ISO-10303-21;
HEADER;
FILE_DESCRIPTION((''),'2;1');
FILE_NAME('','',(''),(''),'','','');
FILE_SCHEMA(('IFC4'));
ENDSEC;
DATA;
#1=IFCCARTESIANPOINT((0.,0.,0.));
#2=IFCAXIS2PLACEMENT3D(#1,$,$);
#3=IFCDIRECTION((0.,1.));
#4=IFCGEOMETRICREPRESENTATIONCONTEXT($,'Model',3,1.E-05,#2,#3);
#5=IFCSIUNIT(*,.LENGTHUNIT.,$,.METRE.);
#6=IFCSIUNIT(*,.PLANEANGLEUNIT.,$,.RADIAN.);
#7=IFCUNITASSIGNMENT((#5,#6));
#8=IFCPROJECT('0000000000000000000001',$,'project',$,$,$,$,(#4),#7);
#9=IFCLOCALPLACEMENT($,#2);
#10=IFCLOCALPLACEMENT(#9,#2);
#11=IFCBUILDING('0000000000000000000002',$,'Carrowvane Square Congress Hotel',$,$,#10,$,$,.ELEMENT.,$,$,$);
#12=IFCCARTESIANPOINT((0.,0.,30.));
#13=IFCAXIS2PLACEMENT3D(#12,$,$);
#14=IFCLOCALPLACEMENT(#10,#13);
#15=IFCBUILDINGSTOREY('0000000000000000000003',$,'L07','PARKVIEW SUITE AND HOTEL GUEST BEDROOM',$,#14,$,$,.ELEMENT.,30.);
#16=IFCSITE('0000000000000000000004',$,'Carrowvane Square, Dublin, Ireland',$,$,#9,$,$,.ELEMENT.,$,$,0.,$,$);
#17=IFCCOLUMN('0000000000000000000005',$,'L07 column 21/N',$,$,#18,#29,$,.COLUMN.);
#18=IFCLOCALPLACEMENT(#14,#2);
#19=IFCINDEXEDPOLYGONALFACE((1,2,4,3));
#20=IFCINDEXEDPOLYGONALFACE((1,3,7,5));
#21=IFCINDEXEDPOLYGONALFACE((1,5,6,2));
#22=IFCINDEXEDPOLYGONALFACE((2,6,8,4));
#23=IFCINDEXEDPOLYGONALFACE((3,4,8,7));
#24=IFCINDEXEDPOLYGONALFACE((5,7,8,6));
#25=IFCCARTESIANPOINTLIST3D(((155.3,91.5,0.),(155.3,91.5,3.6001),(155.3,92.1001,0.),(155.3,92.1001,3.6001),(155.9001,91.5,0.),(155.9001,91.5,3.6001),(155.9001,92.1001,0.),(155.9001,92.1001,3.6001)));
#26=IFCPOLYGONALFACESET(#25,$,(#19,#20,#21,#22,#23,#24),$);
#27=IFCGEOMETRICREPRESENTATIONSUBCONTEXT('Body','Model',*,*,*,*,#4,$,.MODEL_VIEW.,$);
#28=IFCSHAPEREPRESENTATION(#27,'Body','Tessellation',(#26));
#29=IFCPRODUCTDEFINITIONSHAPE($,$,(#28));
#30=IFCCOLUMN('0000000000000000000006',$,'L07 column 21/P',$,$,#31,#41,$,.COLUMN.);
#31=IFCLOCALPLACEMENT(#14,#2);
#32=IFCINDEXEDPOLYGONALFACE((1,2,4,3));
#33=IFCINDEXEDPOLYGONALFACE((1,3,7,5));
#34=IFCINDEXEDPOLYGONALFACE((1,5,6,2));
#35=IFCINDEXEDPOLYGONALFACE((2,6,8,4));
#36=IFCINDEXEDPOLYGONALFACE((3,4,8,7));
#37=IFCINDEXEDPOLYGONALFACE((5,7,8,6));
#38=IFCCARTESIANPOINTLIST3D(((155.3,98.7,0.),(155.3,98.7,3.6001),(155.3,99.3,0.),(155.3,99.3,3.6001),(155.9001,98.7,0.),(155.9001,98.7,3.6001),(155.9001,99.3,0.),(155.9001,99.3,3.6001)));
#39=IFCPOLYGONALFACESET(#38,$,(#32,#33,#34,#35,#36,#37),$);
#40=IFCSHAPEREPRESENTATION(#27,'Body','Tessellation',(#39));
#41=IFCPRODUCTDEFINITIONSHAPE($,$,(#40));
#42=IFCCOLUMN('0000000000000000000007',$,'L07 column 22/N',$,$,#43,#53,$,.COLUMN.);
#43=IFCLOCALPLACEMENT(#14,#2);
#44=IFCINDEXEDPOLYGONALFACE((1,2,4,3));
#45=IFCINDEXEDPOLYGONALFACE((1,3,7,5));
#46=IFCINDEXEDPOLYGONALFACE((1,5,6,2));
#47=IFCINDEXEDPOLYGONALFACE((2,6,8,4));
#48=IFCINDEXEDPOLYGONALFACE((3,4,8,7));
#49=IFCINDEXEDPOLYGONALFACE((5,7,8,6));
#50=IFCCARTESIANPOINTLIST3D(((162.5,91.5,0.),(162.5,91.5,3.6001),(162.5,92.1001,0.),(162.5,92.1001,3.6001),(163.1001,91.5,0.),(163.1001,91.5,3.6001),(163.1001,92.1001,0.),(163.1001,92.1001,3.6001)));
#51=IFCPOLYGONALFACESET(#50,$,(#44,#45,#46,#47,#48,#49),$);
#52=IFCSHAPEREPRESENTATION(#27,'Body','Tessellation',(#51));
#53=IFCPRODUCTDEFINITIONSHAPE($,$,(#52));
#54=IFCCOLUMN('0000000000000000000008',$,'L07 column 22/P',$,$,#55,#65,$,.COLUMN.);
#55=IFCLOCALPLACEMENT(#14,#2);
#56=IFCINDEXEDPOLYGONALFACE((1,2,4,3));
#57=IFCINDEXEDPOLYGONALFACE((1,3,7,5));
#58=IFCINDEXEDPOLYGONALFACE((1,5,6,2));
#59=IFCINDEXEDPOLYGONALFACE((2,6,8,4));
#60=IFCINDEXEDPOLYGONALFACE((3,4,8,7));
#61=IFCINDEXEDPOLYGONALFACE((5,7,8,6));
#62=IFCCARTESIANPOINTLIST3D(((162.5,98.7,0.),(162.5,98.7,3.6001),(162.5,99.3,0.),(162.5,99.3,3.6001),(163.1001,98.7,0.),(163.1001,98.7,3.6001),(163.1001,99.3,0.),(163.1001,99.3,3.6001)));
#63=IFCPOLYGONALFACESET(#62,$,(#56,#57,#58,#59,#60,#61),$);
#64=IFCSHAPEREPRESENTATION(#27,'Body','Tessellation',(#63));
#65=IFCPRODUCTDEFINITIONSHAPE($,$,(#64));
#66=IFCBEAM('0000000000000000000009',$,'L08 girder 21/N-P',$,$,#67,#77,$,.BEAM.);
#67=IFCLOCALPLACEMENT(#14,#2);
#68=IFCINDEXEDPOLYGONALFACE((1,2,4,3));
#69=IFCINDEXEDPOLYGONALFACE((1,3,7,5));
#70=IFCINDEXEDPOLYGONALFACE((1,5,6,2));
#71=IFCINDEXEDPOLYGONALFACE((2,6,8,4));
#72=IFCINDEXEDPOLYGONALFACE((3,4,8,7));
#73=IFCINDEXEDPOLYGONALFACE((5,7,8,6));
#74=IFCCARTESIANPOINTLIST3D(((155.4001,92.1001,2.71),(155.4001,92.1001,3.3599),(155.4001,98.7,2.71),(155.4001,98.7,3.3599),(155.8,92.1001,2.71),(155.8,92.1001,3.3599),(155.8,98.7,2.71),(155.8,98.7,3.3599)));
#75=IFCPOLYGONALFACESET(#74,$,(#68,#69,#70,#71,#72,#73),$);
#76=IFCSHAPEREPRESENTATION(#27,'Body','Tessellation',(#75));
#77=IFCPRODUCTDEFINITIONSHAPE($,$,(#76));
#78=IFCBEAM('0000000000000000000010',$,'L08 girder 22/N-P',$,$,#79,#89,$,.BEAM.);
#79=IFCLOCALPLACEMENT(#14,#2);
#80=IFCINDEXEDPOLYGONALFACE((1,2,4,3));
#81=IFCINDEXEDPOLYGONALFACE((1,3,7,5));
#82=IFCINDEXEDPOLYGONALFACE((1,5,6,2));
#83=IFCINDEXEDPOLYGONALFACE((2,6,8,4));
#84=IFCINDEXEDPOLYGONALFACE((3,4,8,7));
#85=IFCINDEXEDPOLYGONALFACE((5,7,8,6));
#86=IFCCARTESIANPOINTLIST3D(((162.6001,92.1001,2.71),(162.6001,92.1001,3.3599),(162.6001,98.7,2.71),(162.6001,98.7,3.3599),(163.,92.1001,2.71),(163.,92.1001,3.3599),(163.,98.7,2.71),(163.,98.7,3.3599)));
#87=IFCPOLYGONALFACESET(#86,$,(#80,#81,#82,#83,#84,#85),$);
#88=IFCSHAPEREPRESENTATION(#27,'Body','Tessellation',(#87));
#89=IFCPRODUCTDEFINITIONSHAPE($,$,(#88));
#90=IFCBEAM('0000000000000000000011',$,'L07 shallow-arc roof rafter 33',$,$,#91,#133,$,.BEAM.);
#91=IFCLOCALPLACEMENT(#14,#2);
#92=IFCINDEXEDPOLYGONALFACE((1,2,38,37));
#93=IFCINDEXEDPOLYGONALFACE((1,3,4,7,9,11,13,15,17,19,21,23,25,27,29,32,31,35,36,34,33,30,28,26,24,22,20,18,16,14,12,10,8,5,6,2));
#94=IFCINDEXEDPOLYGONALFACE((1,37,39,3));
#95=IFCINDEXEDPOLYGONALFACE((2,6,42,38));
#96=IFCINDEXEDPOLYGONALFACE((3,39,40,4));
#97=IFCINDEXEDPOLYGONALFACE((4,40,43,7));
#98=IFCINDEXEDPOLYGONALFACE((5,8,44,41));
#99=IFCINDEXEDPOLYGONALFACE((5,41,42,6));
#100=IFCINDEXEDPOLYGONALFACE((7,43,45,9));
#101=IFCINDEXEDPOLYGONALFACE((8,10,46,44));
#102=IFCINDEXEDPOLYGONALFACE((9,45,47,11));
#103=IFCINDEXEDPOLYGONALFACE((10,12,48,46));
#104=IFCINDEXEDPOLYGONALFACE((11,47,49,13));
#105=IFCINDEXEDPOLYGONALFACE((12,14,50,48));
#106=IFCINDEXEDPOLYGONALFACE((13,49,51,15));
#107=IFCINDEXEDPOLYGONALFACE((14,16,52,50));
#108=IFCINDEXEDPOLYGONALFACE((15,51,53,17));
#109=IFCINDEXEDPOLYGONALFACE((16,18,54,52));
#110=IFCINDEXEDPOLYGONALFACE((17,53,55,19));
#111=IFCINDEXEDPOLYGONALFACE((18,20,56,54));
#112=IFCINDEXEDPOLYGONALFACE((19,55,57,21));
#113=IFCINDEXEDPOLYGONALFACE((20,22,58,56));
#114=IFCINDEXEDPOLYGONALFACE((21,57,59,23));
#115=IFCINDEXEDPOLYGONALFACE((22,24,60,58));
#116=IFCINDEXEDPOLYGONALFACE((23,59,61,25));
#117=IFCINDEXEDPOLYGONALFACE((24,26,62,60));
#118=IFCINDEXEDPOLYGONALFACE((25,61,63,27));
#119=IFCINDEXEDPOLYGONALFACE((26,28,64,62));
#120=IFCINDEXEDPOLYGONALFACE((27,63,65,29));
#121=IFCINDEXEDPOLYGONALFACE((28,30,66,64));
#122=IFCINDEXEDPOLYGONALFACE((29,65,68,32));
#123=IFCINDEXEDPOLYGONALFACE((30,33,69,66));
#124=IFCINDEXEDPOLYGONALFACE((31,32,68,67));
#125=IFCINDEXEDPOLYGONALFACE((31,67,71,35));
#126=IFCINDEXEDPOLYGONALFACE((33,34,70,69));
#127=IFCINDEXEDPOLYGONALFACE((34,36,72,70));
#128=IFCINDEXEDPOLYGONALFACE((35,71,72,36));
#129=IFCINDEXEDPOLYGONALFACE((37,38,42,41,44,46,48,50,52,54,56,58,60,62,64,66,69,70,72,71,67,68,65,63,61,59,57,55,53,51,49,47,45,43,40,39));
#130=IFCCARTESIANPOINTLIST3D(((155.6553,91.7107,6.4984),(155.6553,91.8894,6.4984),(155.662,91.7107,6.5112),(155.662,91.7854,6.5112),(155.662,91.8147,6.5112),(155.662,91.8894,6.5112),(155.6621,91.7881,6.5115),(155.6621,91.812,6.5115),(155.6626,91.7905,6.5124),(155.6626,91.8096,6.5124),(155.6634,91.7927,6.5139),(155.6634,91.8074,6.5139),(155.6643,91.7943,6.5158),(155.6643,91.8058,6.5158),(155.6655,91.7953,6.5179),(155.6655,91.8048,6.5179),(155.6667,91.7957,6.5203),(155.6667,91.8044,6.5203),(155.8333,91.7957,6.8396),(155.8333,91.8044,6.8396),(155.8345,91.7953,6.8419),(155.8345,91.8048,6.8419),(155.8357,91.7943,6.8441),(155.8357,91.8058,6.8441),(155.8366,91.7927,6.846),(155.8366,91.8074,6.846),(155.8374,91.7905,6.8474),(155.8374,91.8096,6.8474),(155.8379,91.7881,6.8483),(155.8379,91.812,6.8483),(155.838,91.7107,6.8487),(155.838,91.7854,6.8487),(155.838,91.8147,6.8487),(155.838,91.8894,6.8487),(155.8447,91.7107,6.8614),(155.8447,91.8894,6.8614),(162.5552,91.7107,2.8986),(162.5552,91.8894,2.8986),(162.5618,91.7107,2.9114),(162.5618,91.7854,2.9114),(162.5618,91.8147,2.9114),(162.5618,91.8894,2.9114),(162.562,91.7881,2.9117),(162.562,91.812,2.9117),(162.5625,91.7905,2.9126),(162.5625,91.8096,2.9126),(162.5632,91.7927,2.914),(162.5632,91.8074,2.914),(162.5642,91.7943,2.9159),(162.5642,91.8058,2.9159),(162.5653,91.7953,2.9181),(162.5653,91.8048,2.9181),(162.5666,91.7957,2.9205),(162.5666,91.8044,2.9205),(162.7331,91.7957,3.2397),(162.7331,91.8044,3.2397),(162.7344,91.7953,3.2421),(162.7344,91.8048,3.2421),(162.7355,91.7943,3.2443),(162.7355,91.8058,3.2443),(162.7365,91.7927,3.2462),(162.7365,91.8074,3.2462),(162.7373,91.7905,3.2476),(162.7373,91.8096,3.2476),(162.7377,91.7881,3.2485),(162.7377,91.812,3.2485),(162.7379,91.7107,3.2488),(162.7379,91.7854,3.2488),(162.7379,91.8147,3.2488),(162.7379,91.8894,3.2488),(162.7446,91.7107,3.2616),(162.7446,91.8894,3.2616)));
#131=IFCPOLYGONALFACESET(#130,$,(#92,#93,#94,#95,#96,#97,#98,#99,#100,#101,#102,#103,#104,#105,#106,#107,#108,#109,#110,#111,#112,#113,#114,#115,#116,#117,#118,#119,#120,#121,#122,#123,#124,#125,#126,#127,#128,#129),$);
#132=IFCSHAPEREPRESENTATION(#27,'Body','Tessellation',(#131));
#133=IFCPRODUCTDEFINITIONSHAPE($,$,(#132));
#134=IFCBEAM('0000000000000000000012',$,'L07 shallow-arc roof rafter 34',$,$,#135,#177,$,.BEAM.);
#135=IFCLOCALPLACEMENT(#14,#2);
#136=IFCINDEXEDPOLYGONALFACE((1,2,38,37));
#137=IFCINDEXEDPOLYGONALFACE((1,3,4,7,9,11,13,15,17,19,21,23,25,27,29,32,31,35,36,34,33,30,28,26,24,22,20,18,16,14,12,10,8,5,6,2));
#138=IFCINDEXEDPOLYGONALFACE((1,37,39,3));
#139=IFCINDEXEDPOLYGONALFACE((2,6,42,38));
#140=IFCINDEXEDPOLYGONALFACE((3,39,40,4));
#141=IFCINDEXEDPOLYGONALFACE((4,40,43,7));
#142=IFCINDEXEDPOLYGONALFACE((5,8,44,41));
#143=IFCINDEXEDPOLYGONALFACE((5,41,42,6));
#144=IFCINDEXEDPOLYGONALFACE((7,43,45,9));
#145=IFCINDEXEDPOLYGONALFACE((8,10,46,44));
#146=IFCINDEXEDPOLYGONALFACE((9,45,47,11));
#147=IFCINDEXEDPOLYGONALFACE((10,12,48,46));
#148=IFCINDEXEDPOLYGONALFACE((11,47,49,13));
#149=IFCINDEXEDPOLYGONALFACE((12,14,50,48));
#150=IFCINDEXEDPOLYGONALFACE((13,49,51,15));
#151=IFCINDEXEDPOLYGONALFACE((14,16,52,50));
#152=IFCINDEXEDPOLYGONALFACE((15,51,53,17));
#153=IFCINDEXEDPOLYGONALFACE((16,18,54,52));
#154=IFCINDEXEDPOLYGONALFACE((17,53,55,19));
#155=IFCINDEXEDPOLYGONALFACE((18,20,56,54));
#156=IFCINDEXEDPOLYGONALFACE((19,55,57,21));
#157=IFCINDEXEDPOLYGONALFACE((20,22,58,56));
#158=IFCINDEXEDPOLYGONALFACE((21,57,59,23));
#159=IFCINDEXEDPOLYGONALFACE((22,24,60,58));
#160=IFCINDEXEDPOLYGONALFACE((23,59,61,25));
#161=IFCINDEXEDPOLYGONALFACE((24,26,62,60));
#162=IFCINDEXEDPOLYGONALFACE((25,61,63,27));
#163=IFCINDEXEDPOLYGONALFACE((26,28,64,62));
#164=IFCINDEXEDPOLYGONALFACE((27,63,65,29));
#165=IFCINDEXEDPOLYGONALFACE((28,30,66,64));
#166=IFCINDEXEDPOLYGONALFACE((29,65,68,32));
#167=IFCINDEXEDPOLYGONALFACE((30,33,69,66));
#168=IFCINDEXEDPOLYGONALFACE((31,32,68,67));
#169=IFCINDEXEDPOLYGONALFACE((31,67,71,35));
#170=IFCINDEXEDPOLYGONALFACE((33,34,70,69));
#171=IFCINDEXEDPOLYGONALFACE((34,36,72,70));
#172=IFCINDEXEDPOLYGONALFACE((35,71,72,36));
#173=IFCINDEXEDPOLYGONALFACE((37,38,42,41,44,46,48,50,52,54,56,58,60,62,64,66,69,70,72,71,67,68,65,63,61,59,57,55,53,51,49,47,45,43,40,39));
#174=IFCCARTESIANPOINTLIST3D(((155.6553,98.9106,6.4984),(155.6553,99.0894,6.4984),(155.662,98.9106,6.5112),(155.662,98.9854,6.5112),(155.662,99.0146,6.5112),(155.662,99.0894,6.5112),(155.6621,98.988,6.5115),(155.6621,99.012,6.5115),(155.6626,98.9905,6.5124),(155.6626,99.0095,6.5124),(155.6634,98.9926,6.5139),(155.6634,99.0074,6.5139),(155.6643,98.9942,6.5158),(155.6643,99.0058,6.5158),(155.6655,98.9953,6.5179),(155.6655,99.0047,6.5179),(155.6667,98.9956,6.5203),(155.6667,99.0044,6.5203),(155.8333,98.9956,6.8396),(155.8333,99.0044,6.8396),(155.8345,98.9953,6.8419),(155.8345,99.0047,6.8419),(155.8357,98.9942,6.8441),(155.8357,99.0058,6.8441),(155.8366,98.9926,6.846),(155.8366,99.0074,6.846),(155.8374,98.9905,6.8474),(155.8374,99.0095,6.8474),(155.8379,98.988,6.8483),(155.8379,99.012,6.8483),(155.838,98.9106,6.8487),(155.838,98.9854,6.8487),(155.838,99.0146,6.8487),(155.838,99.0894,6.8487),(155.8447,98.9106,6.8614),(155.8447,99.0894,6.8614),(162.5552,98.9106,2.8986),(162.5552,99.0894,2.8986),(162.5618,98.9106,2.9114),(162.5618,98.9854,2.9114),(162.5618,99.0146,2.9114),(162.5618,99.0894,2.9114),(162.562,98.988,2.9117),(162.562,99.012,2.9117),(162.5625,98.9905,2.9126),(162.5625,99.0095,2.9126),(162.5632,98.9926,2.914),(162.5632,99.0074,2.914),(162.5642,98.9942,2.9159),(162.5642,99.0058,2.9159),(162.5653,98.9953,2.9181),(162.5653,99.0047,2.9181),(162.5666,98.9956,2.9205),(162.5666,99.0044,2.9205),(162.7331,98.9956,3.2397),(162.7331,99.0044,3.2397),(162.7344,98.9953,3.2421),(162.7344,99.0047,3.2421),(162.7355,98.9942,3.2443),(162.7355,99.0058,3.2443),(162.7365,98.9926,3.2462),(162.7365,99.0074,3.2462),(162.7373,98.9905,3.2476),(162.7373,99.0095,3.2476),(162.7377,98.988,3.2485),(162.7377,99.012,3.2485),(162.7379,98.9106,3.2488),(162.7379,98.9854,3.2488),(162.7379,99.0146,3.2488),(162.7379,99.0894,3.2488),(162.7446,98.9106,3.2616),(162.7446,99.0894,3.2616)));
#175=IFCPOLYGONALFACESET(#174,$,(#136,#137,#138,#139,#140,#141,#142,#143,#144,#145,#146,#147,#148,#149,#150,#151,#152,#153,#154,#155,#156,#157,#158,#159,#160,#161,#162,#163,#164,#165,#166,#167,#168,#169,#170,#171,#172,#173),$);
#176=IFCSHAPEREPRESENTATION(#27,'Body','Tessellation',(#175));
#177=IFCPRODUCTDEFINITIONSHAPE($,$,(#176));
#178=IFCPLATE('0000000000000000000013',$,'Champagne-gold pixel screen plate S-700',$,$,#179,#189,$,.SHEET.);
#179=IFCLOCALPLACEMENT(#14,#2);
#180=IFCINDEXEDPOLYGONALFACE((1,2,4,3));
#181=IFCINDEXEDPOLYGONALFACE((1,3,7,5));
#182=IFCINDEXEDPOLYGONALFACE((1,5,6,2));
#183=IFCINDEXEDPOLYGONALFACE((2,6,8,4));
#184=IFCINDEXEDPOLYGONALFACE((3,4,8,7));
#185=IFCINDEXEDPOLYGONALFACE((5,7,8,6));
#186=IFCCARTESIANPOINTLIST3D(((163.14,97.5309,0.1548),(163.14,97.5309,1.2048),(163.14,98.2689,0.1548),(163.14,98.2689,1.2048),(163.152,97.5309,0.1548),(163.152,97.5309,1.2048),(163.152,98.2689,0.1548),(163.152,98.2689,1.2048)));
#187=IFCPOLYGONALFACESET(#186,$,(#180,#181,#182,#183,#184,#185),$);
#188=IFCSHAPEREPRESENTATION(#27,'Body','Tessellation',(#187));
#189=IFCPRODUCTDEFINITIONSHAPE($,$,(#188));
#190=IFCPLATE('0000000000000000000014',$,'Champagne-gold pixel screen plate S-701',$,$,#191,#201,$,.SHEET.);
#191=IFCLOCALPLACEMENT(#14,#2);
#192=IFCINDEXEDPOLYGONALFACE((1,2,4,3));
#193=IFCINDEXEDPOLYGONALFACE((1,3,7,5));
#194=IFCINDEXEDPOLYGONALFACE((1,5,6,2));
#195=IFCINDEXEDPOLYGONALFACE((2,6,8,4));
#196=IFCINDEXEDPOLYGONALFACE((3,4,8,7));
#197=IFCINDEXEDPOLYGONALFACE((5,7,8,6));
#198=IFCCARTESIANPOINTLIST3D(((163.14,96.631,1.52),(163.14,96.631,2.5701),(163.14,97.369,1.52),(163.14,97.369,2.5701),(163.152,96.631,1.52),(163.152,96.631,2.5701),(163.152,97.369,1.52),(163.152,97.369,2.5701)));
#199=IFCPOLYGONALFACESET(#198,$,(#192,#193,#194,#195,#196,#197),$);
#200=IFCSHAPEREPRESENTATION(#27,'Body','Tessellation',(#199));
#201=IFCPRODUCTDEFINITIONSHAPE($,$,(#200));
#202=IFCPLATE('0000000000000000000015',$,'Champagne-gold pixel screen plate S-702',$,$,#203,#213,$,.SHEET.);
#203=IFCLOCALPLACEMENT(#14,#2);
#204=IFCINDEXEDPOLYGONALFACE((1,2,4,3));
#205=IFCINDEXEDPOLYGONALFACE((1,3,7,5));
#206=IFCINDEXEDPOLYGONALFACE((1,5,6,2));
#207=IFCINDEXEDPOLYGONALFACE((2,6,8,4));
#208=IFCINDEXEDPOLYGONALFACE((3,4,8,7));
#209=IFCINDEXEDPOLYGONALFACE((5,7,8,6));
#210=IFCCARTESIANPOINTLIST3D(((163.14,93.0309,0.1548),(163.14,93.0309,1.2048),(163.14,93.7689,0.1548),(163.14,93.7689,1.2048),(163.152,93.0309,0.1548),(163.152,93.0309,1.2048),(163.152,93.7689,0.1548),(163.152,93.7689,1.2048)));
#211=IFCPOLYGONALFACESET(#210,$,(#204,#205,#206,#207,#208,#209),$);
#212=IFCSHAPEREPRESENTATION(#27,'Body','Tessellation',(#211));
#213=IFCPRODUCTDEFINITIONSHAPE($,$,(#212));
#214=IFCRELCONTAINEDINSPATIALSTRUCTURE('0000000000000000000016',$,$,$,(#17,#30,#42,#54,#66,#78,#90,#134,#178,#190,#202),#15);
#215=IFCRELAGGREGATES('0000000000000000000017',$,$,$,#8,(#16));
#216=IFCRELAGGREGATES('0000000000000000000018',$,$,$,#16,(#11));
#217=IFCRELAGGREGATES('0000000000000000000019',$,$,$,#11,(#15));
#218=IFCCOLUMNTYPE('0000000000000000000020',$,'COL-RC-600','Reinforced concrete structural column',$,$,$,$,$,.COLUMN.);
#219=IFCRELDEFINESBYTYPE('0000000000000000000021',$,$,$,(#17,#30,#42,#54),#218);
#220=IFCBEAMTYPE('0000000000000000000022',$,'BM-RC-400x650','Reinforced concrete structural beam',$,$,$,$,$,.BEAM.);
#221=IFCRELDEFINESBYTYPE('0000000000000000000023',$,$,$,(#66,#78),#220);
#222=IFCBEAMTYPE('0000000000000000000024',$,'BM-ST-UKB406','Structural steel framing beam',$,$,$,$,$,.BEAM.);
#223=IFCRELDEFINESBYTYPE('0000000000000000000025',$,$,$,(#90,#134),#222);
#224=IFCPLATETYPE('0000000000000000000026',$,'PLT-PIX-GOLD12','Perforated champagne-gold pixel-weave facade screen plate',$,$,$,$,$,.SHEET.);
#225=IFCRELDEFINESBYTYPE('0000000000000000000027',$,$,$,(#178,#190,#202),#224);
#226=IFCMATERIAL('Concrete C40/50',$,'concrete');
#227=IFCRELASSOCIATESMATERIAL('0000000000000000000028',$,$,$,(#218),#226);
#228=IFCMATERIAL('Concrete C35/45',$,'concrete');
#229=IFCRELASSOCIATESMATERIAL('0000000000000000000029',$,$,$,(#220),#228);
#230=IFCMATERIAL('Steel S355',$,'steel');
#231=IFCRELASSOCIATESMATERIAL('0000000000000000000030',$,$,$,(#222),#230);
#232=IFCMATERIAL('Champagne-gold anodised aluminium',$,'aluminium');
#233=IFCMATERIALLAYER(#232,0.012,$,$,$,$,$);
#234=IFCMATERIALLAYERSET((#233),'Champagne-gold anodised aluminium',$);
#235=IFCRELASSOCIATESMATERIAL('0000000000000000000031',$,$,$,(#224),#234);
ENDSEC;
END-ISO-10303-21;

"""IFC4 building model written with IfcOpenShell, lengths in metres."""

from ifc_helpers import new_model, si_unit, direction, frame, origin, origin_2d, place, context, subcontext, project, spatial, rectangle, i_section, extrude, material, layer, layer_set, material_profile, profile_set, type_object, element, save


model = new_model("IFC4")

# Units and contexts
model_context = context("Model", 3, precision=1e-05, world=origin(), true_north=direction((0.0, 1.0)))
body_context = subcontext(model_context, "Body", "Model", "MODEL_VIEW")
ifc_project = project(units=[si_unit("LENGTHUNIT", "METRE"), si_unit("PLANEANGLEUNIT", "RADIAN")], contexts=[model_context])

# Site, building, storey
site_placement = place(None, origin())
site = spatial("IfcSite", under=ifc_project, at=site_placement, Name="Carrowvane Square, Dublin, Ireland", CompositionType="ELEMENT", RefElevation=0.0)
building_placement = place(site_placement, origin())
building = spatial("IfcBuilding", under=site, at=building_placement, Name="Carrowvane Square Congress Hotel", CompositionType="ELEMENT")
storey_placement = place(building_placement, frame((0.0, 0.0, 30.0)))
storey = spatial("IfcBuildingStorey", under=building, at=storey_placement, Name="L07", Description="PARKVIEW SUITE AND HOTEL GUEST BEDROOM", CompositionType="ELEMENT", Elevation=30.0)

# Columns
ifc_material_1 = material(Name="Concrete C40/50", Category="concrete")
ifc_material_profile_1 = material_profile(ifc_material_1, rectangle(XDim=0.6001, YDim=0.6001, at=origin_2d()), Name="RC 600x600")
ifc_profile_set_1 = profile_set([ifc_material_profile_1], Name="Concrete C40/50")
column_type = type_object("IfcColumnType", Name="COL-RC-600", Description="Reinforced concrete structural column", PredefinedType="COLUMN", material=ifc_profile_set_1)
for number, where, z_axis, x_axis, name in (
    (1, (155.6001, 91.8, 0.0), (0.0, 0.0, 1.0), (1.0, 0.0, 0.0), "L07 column 21/N"),
    (2, (155.6001, 99.0, 0.0), (0.0, 0.0, 1.0), (1.0, 0.0, 0.0), "L07 column 21/P"),
    (3, (162.8, 91.8, 0.0), (0.0, 0.0, 1.0), (1.0, 0.0, 0.0), "L07 column 22/N"),
    (4, (162.8, 99.0, 0.0), (0.0, 0.0, 1.0), (1.0, 0.0, 0.0), "L07 column 22/P"),
):
    element("IfcColumn", number, at=place(storey_placement, frame(where, z_axis=z_axis, x_axis=x_axis)), inside=storey, type_object=column_type, Name=name, PredefinedType="COLUMN", context=body_context, shape_type="SweptSolid", body=[
        extrude(rectangle(XDim=0.6001, YDim=0.6001, at=origin_2d()), origin(), (0.0, 0.0, 1.0), 3.6001),
    ])

# Beams
ifc_material_2 = material(Name="Concrete C35/45", Category="concrete")
ifc_material_profile_2 = material_profile(ifc_material_2, rectangle(XDim=0.3999, YDim=0.6499, at=origin_2d()), Name="RC 400x650")
ifc_profile_set_2 = profile_set([ifc_material_profile_2], Name="Concrete C35/45")
beam_type_1 = type_object("IfcBeamType", Name="BM-RC-400x650", Description="Reinforced concrete structural beam", PredefinedType="BEAM", material=ifc_profile_set_2)
for number, where, z_axis, x_axis, name in (
    (5, (155.6001, 92.1001, 3.0349), (0.0, 1.0, 0.0), (-1.0, 0.0, 0.0), "L08 girder 21/N-P"),
    (6, (162.8, 92.1001, 3.0349), (0.0, 1.0, 0.0), (-1.0, 0.0, 0.0), "L08 girder 22/N-P"),
):
    element("IfcBeam", number, at=place(storey_placement, frame(where, z_axis=z_axis, x_axis=x_axis)), inside=storey, type_object=beam_type_1, Name=name, PredefinedType="BEAM", context=body_context, shape_type="SweptSolid", body=[
        extrude(rectangle(XDim=0.3999, YDim=0.6499, at=origin_2d()), origin(), (0.0, 0.0, 1.0), 6.5999),
    ])
ifc_material_3 = material(Name="Steel S355", Category="steel")
ifc_material_profile_3 = material_profile(ifc_material_3, i_section(OverallWidth=0.1787, OverallDepth=0.4094, WebThickness=0.0088, FlangeThickness=0.0144, FilletRadius=0.0103, at=origin_2d()), Name="UKB 406x178x67")
ifc_profile_set_3 = profile_set([ifc_material_profile_3], Name="Steel S355")
beam_type_2 = type_object("IfcBeamType", Name="BM-ST-UKB406", Description="Structural steel framing beam", PredefinedType="BEAM", material=ifc_profile_set_3)
for number, where, z_axis, x_axis, name in (
    (7, (155.75, 91.8, 6.6799), (0.88659, 0.0, -0.462556), (0.0, 1.0, 0.0), "L07 shallow-arc roof rafter 33"),
    (8, (155.75, 99.0, 6.6799), (0.88659, 0.0, -0.462556), (0.0, 1.0, 0.0), "L07 shallow-arc roof rafter 34"),
):
    element("IfcBeam", number, at=place(storey_placement, frame(where, z_axis=z_axis, x_axis=x_axis)), inside=storey, type_object=beam_type_2, Name=name, PredefinedType="BEAM", context=body_context, shape_type="SweptSolid", body=[
        extrude(i_section(OverallWidth=0.1787, OverallDepth=0.4094, WebThickness=0.0088, FlangeThickness=0.0144, FilletRadius=0.0103, at=origin_2d()), origin(), (0.0, 0.0, 1.0), 7.7825),
    ])

# Plates
ifc_material_4 = material(Name="Champagne-gold anodised aluminium", Category="aluminium")
ifc_layer_1 = layer(ifc_material_4, 0.012)
ifc_layer_set_1 = layer_set([ifc_layer_1], Name="Champagne-gold anodised aluminium")
plate_type = type_object("IfcPlateType", Name="PLT-PIX-GOLD12", Description="Perforated champagne-gold pixel-weave facade screen plate", PredefinedType="SHEET", material=ifc_layer_set_1)
for number, where, z_axis, x_axis, name in (
    (9, (163.146, 97.8999, 0.1548), (0.0, 0.0, 1.0), (0.0, -1.0, 0.0), "Champagne-gold pixel screen plate S-700"),
    (10, (163.146, 97.0, 1.52), (0.0, 0.0, 1.0), (0.0, -1.0, 0.0), "Champagne-gold pixel screen plate S-701"),
    (11, (163.146, 93.3999, 0.1548), (0.0, 0.0, 1.0), (0.0, -1.0, 0.0), "Champagne-gold pixel screen plate S-702"),
):
    element("IfcPlate", number, at=place(storey_placement, frame(where, z_axis=z_axis, x_axis=x_axis)), inside=storey, type_object=plate_type, Name=name, PredefinedType="SHEET", context=body_context, shape_type="SweptSolid", body=[
        extrude(rectangle(XDim=0.738, YDim=0.012, at=origin_2d()), origin(), (0.0, 0.0, 1.0), 1.05),
    ])

save(model, "model.ifc")
